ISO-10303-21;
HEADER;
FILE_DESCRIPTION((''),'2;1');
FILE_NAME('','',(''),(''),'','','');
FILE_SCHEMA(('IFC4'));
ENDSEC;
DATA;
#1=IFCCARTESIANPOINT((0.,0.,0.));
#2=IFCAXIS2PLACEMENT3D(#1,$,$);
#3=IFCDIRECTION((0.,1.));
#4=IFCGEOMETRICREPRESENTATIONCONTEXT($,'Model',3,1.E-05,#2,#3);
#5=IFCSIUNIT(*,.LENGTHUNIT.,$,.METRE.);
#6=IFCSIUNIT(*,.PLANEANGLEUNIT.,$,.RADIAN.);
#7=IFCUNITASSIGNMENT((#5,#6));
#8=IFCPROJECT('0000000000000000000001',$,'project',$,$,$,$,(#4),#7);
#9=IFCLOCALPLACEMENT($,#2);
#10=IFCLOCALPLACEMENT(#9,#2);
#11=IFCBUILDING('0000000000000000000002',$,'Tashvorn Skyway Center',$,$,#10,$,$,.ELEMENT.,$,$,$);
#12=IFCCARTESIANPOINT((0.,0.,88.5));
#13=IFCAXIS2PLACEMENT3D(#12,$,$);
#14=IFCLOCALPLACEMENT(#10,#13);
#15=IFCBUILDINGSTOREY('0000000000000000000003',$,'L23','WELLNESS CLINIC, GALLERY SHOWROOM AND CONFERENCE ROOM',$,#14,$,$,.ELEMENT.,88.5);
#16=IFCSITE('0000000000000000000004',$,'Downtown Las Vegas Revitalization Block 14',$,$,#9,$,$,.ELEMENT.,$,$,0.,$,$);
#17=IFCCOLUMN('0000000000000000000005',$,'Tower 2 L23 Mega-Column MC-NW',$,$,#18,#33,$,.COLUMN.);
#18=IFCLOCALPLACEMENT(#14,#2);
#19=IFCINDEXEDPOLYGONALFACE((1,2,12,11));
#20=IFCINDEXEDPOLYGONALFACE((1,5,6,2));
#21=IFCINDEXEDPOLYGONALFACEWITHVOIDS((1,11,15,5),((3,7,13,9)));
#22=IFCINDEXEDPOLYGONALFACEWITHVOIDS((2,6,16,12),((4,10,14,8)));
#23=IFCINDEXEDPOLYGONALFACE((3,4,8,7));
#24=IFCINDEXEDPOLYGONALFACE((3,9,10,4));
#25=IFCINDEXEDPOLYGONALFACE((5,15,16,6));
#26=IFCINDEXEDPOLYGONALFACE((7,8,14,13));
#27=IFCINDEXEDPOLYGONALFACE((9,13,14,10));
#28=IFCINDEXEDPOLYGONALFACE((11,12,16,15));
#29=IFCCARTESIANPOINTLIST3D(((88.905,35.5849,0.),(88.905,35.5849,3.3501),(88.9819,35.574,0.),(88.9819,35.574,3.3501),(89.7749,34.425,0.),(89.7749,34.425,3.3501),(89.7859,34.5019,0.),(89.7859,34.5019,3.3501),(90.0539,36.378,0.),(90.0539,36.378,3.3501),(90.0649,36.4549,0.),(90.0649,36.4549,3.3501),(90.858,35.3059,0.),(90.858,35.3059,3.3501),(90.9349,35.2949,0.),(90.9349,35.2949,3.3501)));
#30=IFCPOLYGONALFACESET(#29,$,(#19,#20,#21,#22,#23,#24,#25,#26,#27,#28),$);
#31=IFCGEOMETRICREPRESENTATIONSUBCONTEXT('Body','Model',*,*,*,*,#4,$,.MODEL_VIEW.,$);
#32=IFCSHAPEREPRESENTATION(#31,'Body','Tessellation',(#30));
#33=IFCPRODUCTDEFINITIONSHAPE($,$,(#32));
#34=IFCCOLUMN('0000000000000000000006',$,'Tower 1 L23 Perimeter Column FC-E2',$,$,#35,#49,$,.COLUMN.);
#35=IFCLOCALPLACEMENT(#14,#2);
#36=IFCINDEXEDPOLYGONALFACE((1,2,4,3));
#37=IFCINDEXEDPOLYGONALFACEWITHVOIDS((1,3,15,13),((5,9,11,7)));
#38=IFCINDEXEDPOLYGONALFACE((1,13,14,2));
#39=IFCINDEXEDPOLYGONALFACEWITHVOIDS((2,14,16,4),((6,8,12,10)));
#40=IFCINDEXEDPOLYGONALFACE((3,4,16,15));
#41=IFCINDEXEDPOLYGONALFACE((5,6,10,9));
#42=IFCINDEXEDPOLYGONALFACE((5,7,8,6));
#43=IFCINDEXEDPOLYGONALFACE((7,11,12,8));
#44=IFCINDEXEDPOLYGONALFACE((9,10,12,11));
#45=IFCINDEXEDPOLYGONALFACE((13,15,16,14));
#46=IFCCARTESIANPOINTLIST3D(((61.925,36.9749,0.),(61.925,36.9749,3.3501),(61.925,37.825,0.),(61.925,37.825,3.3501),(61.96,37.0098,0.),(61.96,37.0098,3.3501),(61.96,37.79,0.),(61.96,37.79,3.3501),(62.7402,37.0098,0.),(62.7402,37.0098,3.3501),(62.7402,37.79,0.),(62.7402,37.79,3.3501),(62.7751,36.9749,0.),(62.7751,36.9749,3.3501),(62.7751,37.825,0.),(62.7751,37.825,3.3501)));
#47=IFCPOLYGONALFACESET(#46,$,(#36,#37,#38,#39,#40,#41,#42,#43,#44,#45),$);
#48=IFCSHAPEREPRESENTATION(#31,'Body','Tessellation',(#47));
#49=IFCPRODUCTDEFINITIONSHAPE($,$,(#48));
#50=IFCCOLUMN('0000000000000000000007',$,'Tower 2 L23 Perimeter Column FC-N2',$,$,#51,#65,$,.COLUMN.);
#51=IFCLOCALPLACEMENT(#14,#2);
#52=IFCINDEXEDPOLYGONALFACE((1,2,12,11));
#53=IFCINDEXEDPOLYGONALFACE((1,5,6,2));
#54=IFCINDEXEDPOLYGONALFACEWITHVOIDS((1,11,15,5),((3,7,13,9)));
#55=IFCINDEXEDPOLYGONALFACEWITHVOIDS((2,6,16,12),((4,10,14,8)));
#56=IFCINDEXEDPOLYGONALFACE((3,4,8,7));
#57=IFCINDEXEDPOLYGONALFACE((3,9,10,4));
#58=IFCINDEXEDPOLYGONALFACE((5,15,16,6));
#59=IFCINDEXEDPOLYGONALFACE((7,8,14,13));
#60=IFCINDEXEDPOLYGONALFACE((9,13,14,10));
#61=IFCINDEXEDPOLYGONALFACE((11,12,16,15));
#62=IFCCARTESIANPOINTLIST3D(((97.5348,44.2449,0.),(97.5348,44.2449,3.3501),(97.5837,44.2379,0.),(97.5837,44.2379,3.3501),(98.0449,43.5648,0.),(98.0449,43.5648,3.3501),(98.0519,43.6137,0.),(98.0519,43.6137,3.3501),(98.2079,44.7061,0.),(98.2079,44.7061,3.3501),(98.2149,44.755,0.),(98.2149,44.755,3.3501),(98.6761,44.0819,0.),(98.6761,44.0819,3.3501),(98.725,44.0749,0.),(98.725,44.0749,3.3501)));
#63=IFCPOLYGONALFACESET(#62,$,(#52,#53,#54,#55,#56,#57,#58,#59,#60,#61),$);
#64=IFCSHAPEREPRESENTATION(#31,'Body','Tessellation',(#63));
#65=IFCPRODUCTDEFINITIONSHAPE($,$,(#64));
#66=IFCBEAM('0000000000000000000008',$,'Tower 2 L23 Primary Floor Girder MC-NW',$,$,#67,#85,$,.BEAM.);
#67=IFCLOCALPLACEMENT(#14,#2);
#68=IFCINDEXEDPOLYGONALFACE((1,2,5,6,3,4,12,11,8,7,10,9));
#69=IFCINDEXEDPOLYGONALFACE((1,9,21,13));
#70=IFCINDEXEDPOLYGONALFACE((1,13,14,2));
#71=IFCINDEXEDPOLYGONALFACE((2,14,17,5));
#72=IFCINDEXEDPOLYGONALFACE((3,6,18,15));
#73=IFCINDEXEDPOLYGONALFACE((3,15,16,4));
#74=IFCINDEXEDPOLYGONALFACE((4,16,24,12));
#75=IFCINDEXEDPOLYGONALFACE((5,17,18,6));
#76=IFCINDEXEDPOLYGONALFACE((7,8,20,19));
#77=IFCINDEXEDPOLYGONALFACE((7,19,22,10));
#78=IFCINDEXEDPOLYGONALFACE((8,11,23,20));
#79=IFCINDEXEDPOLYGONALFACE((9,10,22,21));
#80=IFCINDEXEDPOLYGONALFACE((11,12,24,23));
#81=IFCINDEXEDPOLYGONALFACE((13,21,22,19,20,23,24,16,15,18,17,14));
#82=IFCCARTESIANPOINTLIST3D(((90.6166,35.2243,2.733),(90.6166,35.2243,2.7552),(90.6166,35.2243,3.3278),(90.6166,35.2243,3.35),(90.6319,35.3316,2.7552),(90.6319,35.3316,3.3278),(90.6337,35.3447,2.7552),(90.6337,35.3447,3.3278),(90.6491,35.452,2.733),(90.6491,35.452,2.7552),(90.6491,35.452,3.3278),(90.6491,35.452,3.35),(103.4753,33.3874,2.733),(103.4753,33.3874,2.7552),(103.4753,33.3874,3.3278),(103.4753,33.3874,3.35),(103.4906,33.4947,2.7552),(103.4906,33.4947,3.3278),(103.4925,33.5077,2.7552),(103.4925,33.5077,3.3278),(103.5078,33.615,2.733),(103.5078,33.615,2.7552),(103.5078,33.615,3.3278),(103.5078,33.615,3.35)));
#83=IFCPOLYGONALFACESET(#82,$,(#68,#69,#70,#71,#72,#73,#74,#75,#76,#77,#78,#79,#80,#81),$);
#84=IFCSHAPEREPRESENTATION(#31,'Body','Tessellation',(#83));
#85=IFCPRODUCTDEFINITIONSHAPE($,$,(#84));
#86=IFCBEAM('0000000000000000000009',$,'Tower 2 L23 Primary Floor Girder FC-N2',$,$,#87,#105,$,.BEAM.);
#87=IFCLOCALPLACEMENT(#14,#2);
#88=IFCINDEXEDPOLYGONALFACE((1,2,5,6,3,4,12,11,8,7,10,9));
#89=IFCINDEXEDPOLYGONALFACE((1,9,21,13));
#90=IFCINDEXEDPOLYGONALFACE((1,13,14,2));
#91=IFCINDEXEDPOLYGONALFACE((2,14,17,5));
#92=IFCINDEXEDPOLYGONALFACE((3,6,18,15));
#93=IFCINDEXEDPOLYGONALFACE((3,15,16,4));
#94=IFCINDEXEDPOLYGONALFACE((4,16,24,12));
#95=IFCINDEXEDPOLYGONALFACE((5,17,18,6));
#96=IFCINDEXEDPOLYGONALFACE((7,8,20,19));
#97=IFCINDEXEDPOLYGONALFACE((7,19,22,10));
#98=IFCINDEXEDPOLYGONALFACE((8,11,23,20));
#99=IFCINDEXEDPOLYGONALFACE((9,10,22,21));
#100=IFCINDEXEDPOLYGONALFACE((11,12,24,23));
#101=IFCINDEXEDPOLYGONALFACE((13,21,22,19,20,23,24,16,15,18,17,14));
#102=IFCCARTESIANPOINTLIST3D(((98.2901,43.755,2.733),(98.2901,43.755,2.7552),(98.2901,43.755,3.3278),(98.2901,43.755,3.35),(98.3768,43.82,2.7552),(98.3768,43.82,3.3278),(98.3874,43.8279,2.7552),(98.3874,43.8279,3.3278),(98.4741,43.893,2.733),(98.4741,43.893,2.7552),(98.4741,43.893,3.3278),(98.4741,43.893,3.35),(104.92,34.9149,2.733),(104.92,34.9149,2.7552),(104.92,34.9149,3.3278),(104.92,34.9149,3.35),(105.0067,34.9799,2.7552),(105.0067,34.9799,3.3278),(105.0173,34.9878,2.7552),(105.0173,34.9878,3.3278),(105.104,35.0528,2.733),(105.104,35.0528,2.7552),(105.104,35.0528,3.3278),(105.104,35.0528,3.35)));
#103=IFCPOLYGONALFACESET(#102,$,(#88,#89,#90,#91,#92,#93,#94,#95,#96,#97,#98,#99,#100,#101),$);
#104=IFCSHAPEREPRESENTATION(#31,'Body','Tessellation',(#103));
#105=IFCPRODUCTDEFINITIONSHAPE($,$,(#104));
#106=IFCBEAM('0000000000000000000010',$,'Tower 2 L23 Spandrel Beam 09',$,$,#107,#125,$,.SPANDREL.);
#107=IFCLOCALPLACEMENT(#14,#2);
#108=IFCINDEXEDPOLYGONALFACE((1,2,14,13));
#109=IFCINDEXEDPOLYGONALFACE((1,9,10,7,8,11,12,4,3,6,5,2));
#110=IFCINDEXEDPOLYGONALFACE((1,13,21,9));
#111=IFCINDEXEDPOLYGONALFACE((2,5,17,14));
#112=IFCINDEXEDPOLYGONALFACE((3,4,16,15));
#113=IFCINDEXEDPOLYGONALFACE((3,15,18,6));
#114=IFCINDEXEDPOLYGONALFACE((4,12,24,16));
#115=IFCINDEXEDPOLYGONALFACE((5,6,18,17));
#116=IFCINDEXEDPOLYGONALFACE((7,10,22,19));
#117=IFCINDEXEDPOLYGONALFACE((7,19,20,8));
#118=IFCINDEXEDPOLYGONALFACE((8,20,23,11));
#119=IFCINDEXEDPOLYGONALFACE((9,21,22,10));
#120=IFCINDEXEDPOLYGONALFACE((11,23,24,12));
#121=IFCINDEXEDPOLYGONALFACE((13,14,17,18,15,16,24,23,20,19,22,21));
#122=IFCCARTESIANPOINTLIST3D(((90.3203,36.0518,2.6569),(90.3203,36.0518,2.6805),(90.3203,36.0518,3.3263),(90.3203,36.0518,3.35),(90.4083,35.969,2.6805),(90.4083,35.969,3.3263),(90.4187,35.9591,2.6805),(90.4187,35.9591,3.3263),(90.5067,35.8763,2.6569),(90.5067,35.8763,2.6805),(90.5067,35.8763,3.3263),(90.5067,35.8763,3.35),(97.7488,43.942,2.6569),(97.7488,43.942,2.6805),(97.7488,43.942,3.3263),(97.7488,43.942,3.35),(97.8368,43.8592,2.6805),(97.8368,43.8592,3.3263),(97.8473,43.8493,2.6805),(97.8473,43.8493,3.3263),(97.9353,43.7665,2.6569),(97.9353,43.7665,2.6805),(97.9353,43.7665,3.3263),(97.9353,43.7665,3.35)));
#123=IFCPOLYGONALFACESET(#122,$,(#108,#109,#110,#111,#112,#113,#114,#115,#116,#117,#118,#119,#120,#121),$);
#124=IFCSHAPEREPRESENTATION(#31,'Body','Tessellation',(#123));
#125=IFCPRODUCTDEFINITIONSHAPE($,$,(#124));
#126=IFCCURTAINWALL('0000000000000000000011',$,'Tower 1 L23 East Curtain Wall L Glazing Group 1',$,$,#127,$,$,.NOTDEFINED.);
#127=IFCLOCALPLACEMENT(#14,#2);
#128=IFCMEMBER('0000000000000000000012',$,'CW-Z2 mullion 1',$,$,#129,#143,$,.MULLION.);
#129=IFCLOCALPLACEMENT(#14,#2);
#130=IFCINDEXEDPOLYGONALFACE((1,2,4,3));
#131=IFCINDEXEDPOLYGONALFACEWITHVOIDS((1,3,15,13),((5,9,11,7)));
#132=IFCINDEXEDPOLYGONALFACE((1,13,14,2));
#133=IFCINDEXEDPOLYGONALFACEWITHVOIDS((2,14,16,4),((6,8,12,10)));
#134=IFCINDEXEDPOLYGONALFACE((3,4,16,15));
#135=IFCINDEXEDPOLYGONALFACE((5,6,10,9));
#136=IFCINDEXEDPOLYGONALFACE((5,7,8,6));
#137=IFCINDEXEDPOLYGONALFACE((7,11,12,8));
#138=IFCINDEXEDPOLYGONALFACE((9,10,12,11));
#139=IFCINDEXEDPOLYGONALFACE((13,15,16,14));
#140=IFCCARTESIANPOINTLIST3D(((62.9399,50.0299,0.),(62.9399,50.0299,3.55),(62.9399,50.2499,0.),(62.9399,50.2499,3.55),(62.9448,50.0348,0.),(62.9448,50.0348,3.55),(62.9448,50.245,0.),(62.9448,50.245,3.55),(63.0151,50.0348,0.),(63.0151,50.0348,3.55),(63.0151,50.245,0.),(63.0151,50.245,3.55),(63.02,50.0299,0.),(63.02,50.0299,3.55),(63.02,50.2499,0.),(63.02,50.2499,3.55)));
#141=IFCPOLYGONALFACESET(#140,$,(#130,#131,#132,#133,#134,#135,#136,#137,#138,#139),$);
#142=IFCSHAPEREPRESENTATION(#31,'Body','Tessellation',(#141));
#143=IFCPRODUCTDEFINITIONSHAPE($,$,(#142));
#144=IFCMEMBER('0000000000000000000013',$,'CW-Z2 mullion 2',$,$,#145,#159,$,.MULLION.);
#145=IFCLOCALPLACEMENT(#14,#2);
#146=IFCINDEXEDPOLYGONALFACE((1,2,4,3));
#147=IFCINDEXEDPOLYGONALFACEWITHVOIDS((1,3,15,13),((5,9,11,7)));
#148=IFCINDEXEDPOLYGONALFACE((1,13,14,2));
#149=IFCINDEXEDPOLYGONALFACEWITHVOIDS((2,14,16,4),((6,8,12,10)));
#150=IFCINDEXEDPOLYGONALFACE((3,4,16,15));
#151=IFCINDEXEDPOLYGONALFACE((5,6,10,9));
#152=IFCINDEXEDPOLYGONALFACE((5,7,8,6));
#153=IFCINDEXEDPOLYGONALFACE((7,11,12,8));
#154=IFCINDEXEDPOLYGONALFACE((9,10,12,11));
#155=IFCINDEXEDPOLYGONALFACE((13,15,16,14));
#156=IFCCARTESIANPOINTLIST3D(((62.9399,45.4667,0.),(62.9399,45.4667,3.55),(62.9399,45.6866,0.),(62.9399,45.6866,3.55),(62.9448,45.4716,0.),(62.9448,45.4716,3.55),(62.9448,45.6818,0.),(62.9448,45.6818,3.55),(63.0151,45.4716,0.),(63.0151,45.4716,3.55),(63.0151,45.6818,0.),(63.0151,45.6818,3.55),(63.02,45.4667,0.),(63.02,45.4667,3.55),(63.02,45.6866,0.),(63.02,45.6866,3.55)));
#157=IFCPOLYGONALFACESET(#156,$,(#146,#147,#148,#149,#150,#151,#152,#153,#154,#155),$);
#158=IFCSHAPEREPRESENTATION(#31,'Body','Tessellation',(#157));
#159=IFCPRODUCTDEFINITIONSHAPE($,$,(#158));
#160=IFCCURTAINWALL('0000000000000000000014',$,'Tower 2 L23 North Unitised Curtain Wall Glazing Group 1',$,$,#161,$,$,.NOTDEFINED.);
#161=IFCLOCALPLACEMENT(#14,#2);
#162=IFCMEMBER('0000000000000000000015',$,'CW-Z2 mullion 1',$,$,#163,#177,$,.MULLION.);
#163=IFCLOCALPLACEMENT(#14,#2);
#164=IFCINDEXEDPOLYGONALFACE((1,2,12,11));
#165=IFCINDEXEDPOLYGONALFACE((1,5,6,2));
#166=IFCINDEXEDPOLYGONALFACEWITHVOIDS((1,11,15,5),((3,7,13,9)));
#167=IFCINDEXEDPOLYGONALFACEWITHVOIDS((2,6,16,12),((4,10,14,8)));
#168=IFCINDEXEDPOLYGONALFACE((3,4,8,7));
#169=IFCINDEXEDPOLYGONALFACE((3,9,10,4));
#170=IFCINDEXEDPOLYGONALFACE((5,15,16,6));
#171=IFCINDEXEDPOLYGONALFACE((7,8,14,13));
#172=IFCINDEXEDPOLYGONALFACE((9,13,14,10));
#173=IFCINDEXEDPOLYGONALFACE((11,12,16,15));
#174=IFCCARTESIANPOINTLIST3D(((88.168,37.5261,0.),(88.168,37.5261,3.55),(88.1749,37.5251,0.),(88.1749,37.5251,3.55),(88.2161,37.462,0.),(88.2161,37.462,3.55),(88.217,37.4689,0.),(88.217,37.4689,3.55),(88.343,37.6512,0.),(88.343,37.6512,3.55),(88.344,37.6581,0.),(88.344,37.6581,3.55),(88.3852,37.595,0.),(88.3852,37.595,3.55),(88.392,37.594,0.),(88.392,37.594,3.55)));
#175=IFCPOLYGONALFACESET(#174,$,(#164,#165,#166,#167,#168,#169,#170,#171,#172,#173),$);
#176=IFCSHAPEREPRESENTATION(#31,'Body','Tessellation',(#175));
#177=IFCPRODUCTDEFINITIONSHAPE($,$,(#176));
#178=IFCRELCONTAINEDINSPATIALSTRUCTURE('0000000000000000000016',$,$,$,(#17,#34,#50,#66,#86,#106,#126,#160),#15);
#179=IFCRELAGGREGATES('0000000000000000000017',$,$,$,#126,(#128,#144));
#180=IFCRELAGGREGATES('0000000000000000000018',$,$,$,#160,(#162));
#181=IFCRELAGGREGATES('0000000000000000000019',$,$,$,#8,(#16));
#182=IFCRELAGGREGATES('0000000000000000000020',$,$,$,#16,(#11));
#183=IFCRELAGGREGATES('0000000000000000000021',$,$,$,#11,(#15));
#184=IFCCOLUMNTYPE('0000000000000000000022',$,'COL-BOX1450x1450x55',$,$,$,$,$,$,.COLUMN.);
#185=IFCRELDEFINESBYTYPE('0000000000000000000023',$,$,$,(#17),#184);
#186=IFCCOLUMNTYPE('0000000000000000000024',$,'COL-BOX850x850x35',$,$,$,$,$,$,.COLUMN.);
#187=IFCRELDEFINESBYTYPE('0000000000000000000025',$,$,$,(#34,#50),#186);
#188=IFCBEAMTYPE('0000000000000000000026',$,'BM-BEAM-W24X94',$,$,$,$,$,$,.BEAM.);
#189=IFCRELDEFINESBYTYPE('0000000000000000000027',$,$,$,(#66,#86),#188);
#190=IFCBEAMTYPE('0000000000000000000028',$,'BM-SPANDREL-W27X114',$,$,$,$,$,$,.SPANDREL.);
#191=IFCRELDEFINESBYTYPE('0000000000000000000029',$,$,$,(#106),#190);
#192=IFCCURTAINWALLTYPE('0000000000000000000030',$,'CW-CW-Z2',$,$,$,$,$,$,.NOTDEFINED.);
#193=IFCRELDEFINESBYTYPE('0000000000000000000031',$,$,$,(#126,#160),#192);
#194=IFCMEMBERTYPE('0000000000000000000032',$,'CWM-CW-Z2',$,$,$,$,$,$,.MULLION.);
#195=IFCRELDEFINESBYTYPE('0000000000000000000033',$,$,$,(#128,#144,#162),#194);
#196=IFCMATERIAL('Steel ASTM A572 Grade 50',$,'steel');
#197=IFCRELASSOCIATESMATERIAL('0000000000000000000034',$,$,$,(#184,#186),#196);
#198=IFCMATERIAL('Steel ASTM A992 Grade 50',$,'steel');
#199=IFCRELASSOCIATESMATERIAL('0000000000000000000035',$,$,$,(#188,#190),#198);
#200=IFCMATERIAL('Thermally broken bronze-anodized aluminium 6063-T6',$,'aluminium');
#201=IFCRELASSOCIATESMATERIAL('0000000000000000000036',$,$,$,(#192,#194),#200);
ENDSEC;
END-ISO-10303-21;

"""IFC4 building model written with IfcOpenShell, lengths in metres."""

from ifc_helpers import new_model, si_unit, direction, frame, origin, origin_2d, place, context, subcontext, project, spatial, hollow_rectangle, i_section, extrude, material, material_profile, profile_set, type_object, element, aggregate, save


model = new_model("IFC4")

# Units and contexts
model_context = context("Model", 3, precision=1e-05, world=origin(), true_north=direction((0.0, 1.0)))
body_context = subcontext(model_context, "Body", "Model", "MODEL_VIEW")
ifc_project = project(units=[si_unit("LENGTHUNIT", "METRE"), si_unit("PLANEANGLEUNIT", "RADIAN")], contexts=[model_context])

# Site, building, storey
site_placement = place(None, origin())
site = spatial("IfcSite", under=ifc_project, at=site_placement, Name="Downtown Las Vegas Revitalization Block 14", CompositionType="ELEMENT", RefElevation=0.0)
building_placement = place(site_placement, origin())
building = spatial("IfcBuilding", under=site, at=building_placement, Name="Tashvorn Skyway Center", CompositionType="ELEMENT")
storey_placement = place(building_placement, frame((0.0, 0.0, 88.5)))
storey = spatial("IfcBuildingStorey", under=building, at=storey_placement, Name="L23", Description="WELLNESS CLINIC, GALLERY SHOWROOM AND CONFERENCE ROOM", CompositionType="ELEMENT", Elevation=88.5)

# Columns
ifc_material_1 = material(Name="Steel ASTM A572 Grade 50", Category="steel")
ifc_material_profile_1 = material_profile(ifc_material_1, hollow_rectangle(XDim=1.45, YDim=1.45, WallThickness=0.0549, at=origin_2d()), Name="BOX1450x1450x55")
ifc_profile_set_1 = profile_set([ifc_material_profile_1], Name="Steel ASTM A572 Grade 50")
column_type_1 = type_object("IfcColumnType", Name="COL-BOX1450x1450x55", PredefinedType="COLUMN", material=ifc_profile_set_1)
column_placement = place(storey_placement, frame((89.9199, 35.4399, 0.0), z_axis=(0.0, 0.0, 1.0), x_axis=(0.8, 0.6, 0.0)))
element("IfcColumn", 1, at=column_placement, inside=storey, type_object=column_type_1, Name="Tower 2 L23 Mega-Column MC-NW", PredefinedType="COLUMN", context=body_context, shape_type="SweptSolid", body=[
    extrude(hollow_rectangle(XDim=1.45, YDim=1.45, WallThickness=0.0549, at=origin_2d()), origin(), (0.0, 0.0, 1.0), 3.3501),
])
ifc_material_profile_2 = material_profile(ifc_material_1, hollow_rectangle(XDim=0.8501, YDim=0.8501, WallThickness=0.0349, at=origin_2d()), Name="BOX850x850x35")
ifc_profile_set_2 = profile_set([ifc_material_profile_2], Name="Steel ASTM A572 Grade 50")
column_type_2 = type_object("IfcColumnType", Name="COL-BOX850x850x35", PredefinedType="COLUMN", material=ifc_profile_set_2)
for number, where, z_axis, x_axis, name in (
    (2, (62.3501, 37.3999, 0.0), (0.0, 0.0, 1.0), (1.0, 0.0, 0.0), "Tower 1 L23 Perimeter Column FC-E2"),
    (3, (98.1299, 44.1599, 0.0), (0.0, 0.0, 1.0), (0.8, 0.6, 0.0), "Tower 2 L23 Perimeter Column FC-N2"),
):
    element("IfcColumn", number, at=place(storey_placement, frame(where, z_axis=z_axis, x_axis=x_axis)), inside=storey, type_object=column_type_2, Name=name, PredefinedType="COLUMN", context=body_context, shape_type="SweptSolid", body=[
        extrude(hollow_rectangle(XDim=0.8501, YDim=0.8501, WallThickness=0.0349, at=origin_2d()), origin(), (0.0, 0.0, 1.0), 3.3501),
    ])

# Beams
ifc_material_2 = material(Name="Steel ASTM A992 Grade 50", Category="steel")
ifc_material_profile_3 = material_profile(ifc_material_2, i_section(OverallWidth=0.23, OverallDepth=0.6169, WebThickness=0.0132, FlangeThickness=0.0222, at=origin_2d()), Name="W24X94")
ifc_profile_set_3 = profile_set([ifc_material_profile_3], Name="Steel ASTM A992 Grade 50")
beam_type_1 = type_object("IfcBeamType", Name="BM-BEAM-W24X94", PredefinedType="BEAM", material=ifc_profile_set_3)
beam_1_placement = place(storey_placement, frame((90.6328, 35.3381, 3.0415), z_axis=(0.98995, -0.141419, 0.0), x_axis=(0.141419, 0.98995, 0.0)))
element("IfcBeam", 4, at=beam_1_placement, inside=storey, type_object=beam_type_1, Name="Tower 2 L23 Primary Floor Girder MC-NW", PredefinedType="BEAM", context=body_context, shape_type="SweptSolid", body=[
    extrude(i_section(OverallWidth=0.23, OverallDepth=0.6169, WebThickness=0.0132, FlangeThickness=0.0222, at=origin_2d()), origin(), (0.0, 0.0, 1.0), 12.9893),
])
beam_2_placement = place(storey_placement, frame((98.3821, 43.824, 3.0415), z_axis=(0.599989, -0.800008, 0.0), x_axis=(0.800008, 0.599989, 0.0)))
element("IfcBeam", 5, at=beam_2_placement, inside=storey, type_object=beam_type_1, Name="Tower 2 L23 Primary Floor Girder FC-N2", PredefinedType="BEAM", context=body_context, shape_type="SweptSolid", body=[
    extrude(i_section(OverallWidth=0.23, OverallDepth=0.6169, WebThickness=0.0132, FlangeThickness=0.0222, at=origin_2d()), origin(), (0.0, 0.0, 1.0), 11.05),
])
ifc_material_profile_4 = material_profile(ifc_material_2, i_section(OverallWidth=0.2561, OverallDepth=0.6931, WebThickness=0.0144, FlangeThickness=0.0237, at=origin_2d()), Name="W27X114")
ifc_profile_set_4 = profile_set([ifc_material_profile_4], Name="Steel ASTM A992 Grade 50")
beam_type_2 = type_object("IfcBeamType", Name="BM-SPANDREL-W27X114", PredefinedType="SPANDREL", material=ifc_profile_set_4)
beam_3_placement = place(storey_placement, frame((97.842, 43.8542, 3.0034), z_axis=(-0.685485, -0.728087, 0.0), x_axis=(0.728087, -0.685485, 0.0)))
element("IfcBeam", 6, at=beam_3_placement, inside=storey, type_object=beam_type_2, Name="Tower 2 L23 Spandrel Beam 09", PredefinedType="SPANDREL", context=body_context, shape_type="SweptSolid", body=[
    extrude(i_section(OverallWidth=0.2561, OverallDepth=0.6931, WebThickness=0.0144, FlangeThickness=0.0237, at=origin_2d()), origin(), (0.0, 0.0, 1.0), 10.8369),
])

# Curtain walls, members
ifc_material_3 = material(Name="Thermally broken bronze-anodized aluminium 6063-T6", Category="aluminium")
curtain_wall_type = type_object("IfcCurtainWallType", Name="CW-CW-Z2", PredefinedType="NOTDEFINED", material=ifc_material_3)
curtain_wall_1_placement = place(storey_placement, origin())
curtain_wall_1 = element("IfcCurtainWall", 7, at=curtain_wall_1_placement, inside=storey, type_object=curtain_wall_type, Name="Tower 1 L23 East Curtain Wall L Glazing Group 1", PredefinedType="NOTDEFINED")
ifc_material_profile_5 = material_profile(ifc_material_3, hollow_rectangle(XDim=0.0801, YDim=0.22, WallThickness=0.0049, at=origin_2d()), Name="ALU-MULL-80x220")
ifc_profile_set_5 = profile_set([ifc_material_profile_5], Name="Thermally broken bronze-anodized aluminium 6063-T6")
member_type_1 = type_object("IfcMemberType", Name="CWM-CW-Z2", PredefinedType="MULLION", material=ifc_profile_set_5)
member_1_placement = place(storey_placement, frame((62.98, 50.1399, 0.0), z_axis=(0.0, 0.0, 1.0), x_axis=(1.0, 0.0, 0.0)))
member_1 = element("IfcMember", 8, at=member_1_placement, type_object=member_type_1, Name="CW-Z2 mullion 1", PredefinedType="MULLION", context=body_context, shape_type="SweptSolid", body=[
    extrude(hollow_rectangle(XDim=0.0801, YDim=0.22, WallThickness=0.0049, at=origin_2d()), origin(), (0.0, 0.0, 1.0), 3.55),
])
member_2_placement = place(storey_placement, frame((62.98, 45.5767, 0.0), z_axis=(0.0, 0.0, 1.0), x_axis=(1.0, 0.0, 0.0)))
member_2 = element("IfcMember", 9, at=member_2_placement, type_object=member_type_1, Name="CW-Z2 mullion 2", PredefinedType="MULLION", context=body_context, shape_type="SweptSolid", body=[
    extrude(hollow_rectangle(XDim=0.0801, YDim=0.22, WallThickness=0.0049, at=origin_2d()), origin(), (0.0, 0.0, 1.0), 3.55),
])
curtain_wall_2_placement = place(storey_placement, origin())
curtain_wall_2 = element("IfcCurtainWall", 10, at=curtain_wall_2_placement, inside=storey, type_object=curtain_wall_type, Name="Tower 2 L23 North Unitised Curtain Wall Glazing Group 1", PredefinedType="NOTDEFINED")
member_3_placement = place(storey_placement, frame((88.28, 37.5601, 0.0), z_axis=(0.0, 0.0, 1.0), x_axis=(-0.6, 0.8, 0.0)))
member_3 = element("IfcMember", 11, at=member_3_placement, type_object=member_type_1, Name="CW-Z2 mullion 1", PredefinedType="MULLION", context=body_context, shape_type="SweptSolid", body=[
    extrude(hollow_rectangle(XDim=0.0801, YDim=0.22, WallThickness=0.0049, at=origin_2d()), origin(), (0.0, 0.0, 1.0), 3.55),
])

aggregate(curtain_wall_1, [member_1, member_2])
aggregate(curtain_wall_2, [member_3])

save(model, "model.ifc")
